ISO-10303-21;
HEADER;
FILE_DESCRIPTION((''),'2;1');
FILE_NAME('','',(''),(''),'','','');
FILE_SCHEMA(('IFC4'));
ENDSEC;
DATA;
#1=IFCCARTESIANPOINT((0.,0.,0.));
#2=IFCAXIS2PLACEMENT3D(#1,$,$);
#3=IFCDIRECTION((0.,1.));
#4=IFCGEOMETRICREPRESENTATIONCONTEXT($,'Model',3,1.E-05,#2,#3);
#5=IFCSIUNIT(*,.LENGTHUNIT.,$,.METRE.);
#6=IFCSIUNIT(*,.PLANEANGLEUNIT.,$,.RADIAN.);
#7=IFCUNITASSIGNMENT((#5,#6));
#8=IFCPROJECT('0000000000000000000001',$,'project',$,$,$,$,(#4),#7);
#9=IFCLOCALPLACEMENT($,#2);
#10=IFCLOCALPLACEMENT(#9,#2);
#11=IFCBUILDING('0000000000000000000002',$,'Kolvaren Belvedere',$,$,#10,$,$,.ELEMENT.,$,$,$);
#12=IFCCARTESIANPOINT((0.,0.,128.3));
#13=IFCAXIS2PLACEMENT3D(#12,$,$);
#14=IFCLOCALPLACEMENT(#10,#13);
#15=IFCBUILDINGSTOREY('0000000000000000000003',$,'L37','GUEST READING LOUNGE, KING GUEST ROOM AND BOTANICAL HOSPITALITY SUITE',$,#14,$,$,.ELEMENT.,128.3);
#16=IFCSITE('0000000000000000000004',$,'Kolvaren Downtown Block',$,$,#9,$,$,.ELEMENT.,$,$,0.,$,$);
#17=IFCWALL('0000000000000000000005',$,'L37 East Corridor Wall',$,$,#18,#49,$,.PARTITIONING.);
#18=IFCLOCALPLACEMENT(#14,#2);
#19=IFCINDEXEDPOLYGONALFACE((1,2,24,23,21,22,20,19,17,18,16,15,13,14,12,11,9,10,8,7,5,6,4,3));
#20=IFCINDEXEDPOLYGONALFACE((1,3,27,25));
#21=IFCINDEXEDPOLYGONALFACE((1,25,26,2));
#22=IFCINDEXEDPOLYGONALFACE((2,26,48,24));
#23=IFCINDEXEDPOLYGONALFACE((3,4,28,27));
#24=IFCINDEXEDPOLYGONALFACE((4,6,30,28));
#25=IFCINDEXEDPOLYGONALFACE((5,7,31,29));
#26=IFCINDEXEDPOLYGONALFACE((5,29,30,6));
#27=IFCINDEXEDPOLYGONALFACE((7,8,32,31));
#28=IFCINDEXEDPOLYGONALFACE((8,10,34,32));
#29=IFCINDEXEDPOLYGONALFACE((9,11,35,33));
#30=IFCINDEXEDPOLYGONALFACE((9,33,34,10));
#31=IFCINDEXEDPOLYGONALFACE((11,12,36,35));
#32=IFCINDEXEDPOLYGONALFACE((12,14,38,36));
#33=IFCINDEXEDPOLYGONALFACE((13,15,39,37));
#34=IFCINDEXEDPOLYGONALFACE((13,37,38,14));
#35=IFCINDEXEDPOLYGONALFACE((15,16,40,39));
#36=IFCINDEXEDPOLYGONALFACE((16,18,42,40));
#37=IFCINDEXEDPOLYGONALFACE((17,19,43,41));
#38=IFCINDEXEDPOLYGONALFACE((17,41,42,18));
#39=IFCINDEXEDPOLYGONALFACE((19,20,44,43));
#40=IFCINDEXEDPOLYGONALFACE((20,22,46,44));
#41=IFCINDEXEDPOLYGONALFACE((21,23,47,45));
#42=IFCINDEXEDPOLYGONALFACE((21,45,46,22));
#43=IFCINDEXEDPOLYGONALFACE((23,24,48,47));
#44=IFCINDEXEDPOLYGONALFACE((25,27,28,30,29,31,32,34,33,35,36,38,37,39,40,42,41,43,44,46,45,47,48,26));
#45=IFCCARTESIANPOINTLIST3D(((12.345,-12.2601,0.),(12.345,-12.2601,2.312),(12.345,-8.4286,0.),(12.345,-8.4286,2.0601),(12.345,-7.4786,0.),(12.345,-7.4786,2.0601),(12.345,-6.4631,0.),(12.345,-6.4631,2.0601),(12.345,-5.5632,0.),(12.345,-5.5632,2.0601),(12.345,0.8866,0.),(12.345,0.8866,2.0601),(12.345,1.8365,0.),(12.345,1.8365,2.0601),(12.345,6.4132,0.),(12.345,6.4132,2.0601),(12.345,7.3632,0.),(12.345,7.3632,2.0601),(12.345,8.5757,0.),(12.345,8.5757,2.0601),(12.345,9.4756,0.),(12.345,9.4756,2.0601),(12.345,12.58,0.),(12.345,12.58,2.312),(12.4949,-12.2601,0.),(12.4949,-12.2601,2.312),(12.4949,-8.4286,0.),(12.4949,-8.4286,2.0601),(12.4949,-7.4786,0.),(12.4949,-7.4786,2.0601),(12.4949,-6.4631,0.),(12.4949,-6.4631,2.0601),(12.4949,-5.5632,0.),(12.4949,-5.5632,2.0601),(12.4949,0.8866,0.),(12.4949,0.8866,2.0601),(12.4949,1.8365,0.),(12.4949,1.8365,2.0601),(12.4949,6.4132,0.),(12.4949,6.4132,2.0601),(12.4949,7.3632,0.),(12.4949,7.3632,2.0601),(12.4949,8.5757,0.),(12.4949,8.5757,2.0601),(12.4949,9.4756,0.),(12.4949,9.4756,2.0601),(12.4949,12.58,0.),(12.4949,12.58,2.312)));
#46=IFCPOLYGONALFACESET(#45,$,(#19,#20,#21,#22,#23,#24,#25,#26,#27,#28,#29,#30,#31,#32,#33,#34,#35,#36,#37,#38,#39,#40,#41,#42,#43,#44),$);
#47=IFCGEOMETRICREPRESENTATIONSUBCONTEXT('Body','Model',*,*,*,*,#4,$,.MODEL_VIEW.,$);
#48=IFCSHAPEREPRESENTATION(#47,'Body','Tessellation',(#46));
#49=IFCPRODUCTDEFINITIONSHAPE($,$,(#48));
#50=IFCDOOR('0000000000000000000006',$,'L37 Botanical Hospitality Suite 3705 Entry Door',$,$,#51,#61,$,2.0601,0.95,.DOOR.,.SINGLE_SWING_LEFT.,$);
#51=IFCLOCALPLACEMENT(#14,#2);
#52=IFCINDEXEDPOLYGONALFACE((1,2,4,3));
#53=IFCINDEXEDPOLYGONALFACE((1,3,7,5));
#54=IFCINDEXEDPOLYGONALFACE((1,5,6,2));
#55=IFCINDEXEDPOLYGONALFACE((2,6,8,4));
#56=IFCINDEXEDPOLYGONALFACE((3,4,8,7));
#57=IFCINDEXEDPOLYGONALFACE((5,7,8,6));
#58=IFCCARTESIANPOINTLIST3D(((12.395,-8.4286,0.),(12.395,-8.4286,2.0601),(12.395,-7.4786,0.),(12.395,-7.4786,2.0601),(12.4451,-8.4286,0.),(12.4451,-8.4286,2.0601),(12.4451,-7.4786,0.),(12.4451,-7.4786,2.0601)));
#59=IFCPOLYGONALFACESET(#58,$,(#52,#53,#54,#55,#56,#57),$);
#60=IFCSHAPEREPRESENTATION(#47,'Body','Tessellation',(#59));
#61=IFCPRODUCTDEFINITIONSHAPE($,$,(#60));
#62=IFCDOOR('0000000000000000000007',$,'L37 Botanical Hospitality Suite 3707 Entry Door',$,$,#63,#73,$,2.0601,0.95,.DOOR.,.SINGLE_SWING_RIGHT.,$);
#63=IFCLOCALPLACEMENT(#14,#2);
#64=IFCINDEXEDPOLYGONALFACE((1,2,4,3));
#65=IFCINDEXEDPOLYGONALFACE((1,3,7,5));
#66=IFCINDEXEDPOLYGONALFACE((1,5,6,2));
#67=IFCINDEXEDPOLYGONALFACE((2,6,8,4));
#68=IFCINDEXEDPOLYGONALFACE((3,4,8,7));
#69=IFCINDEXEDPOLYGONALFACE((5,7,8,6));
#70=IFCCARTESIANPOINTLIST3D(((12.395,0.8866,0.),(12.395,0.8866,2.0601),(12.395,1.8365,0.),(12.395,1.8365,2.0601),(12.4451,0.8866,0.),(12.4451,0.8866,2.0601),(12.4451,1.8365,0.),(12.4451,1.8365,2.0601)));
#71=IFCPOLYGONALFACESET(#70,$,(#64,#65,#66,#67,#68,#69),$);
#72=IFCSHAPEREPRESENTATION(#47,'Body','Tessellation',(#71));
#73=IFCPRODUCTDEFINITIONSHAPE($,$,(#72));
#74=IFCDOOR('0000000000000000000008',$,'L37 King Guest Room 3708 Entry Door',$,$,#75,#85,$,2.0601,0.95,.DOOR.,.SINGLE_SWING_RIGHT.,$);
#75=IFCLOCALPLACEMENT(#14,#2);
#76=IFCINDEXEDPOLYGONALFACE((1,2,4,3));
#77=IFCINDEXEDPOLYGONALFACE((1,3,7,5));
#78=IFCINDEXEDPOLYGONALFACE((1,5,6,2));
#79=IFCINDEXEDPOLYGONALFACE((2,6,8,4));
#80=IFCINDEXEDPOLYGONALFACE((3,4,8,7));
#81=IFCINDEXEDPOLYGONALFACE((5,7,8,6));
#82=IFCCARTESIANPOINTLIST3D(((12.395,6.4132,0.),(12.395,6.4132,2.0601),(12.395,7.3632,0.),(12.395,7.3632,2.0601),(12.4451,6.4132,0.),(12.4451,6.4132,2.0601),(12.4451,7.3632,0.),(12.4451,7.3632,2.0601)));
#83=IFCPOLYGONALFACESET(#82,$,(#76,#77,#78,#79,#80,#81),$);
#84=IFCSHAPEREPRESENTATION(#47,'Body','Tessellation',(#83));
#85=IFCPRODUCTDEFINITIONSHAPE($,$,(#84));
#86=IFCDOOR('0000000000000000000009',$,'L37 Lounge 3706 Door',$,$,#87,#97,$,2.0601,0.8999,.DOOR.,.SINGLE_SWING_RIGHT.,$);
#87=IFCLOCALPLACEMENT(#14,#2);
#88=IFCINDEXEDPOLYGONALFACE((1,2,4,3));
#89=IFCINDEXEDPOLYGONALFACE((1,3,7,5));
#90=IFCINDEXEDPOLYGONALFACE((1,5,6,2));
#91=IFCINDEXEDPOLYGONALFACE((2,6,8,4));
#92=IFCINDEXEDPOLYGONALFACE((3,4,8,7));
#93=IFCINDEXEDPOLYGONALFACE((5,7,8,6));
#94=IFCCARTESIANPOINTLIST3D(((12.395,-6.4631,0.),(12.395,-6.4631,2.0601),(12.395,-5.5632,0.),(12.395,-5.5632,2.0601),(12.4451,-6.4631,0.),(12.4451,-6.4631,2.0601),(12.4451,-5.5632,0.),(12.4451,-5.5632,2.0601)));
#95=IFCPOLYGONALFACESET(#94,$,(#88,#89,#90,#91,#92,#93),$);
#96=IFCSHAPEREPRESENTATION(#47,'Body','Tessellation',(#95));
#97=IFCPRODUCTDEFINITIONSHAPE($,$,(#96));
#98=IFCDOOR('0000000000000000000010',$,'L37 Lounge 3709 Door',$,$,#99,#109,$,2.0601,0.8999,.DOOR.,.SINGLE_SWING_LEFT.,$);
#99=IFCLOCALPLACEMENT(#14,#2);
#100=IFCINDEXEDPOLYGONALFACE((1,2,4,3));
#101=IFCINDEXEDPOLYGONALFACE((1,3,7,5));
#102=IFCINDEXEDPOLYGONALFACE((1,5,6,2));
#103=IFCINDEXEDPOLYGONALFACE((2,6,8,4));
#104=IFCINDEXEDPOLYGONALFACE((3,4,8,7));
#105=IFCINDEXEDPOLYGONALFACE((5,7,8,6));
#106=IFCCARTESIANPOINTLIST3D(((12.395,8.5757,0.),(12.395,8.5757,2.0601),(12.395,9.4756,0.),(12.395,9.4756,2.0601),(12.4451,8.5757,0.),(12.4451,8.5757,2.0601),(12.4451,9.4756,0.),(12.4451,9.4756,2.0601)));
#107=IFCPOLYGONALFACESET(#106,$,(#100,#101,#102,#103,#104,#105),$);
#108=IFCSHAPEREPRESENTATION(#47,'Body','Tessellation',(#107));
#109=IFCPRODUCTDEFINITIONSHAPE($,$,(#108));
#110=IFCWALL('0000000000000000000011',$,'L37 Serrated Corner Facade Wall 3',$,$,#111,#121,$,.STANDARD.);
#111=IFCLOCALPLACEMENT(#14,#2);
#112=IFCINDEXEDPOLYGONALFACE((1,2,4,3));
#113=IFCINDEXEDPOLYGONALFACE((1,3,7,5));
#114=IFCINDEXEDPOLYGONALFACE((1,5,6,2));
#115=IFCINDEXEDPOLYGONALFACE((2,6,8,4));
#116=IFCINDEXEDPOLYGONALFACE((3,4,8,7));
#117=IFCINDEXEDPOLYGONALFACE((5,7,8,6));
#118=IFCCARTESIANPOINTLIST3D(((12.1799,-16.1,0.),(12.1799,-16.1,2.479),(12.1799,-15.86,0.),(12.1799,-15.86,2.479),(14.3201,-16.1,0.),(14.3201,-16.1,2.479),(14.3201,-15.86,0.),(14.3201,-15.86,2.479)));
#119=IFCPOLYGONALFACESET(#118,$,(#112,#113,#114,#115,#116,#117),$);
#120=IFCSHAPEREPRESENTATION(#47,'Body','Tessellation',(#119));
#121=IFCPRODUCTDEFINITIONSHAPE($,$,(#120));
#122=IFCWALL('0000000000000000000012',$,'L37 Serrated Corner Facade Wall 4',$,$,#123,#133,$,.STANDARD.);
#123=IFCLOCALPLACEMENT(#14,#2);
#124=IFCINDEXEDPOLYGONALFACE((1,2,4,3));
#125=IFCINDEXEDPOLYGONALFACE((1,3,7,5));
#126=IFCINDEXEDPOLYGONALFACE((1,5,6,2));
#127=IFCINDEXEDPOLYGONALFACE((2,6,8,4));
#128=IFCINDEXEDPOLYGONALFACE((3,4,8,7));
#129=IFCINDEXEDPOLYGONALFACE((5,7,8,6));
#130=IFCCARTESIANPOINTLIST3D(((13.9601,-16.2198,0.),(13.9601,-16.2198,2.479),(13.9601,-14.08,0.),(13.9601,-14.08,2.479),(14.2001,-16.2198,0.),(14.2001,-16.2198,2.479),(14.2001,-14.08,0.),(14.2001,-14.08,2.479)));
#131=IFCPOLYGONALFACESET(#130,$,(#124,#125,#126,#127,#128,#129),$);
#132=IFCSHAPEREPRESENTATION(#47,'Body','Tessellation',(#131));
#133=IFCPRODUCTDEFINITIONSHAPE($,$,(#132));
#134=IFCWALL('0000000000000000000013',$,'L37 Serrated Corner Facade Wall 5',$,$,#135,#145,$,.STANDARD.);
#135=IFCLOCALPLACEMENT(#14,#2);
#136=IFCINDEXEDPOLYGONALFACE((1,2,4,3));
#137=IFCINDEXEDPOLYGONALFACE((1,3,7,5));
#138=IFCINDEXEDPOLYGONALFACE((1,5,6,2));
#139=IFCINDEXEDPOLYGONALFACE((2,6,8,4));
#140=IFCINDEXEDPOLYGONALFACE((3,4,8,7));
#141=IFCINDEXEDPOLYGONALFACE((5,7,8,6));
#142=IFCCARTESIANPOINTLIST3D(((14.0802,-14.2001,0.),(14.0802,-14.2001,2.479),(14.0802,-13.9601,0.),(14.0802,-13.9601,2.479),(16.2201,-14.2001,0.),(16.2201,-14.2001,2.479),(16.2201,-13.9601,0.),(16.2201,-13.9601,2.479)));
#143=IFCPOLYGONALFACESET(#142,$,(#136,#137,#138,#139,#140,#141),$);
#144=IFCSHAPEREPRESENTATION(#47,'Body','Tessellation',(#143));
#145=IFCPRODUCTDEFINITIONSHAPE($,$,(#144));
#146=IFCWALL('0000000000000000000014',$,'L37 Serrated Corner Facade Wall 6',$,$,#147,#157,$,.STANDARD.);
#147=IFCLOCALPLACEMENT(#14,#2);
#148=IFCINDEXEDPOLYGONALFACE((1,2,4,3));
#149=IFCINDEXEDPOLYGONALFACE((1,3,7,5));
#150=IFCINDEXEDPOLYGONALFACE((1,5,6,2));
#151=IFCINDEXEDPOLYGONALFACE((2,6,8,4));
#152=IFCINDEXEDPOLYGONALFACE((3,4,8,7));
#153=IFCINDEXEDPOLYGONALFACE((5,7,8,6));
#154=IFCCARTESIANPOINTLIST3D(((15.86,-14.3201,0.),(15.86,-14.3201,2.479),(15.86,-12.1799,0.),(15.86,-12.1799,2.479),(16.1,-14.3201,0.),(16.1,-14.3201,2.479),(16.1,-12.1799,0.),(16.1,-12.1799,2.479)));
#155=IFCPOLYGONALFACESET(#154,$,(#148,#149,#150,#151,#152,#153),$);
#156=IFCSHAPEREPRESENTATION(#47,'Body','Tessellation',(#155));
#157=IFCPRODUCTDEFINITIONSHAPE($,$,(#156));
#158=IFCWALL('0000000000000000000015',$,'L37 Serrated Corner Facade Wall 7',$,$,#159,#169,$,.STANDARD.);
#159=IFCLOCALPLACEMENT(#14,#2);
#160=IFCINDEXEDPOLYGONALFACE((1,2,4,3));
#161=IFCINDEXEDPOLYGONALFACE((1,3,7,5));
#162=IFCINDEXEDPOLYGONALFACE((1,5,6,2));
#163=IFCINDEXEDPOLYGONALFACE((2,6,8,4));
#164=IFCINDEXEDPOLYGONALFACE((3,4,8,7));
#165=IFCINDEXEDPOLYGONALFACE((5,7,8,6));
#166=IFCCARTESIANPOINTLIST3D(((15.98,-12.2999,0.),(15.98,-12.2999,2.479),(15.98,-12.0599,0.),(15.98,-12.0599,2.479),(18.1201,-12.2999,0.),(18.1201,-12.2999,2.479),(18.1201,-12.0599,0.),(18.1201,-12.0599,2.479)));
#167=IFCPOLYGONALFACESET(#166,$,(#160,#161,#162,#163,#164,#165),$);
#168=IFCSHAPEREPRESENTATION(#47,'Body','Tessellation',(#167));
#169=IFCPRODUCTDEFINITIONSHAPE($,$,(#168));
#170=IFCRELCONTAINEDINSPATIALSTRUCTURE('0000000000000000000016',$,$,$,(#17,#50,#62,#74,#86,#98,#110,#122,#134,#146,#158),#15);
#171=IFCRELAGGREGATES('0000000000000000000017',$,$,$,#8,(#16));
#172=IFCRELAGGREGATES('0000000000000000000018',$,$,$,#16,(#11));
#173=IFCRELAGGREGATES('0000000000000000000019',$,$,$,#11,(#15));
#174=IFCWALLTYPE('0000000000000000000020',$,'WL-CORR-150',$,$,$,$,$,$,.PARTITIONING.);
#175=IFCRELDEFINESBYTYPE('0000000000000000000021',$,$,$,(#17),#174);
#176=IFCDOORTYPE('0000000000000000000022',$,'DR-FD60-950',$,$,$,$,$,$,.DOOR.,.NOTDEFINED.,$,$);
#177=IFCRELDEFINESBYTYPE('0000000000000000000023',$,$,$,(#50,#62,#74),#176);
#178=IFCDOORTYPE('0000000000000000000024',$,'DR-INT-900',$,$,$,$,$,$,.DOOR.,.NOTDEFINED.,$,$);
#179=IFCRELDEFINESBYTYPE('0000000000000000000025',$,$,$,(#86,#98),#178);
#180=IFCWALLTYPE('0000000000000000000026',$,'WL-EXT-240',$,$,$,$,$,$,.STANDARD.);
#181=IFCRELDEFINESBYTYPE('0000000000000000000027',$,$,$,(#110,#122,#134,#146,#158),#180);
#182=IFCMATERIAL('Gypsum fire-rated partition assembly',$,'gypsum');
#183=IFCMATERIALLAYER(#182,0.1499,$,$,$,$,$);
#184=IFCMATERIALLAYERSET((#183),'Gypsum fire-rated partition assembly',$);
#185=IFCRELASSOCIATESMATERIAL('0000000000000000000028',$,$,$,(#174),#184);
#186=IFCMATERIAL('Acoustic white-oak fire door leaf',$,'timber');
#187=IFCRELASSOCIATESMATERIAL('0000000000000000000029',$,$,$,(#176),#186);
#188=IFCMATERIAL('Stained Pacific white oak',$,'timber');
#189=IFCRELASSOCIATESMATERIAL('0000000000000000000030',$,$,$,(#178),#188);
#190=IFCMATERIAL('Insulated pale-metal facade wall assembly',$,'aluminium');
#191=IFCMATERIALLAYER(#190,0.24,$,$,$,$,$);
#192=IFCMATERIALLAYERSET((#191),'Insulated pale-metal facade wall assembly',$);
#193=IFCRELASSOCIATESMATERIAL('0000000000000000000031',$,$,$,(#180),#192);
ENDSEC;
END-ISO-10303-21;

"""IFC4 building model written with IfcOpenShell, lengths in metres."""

from ifc_helpers import new_model, si_unit, direction, frame, frame_2d, origin, place, context, subcontext, project, spatial, rectangle, extrude, material, layer, layer_set, type_object, element, fill, save


model = new_model("IFC4")

# Units and contexts
model_context = context("Model", 3, precision=1e-05, world=origin(), true_north=direction((0.0, 1.0)))
body_context = subcontext(model_context, "Body", "Model", "MODEL_VIEW")
ifc_project = project(units=[si_unit("LENGTHUNIT", "METRE"), si_unit("PLANEANGLEUNIT", "RADIAN")], contexts=[model_context])

# Site, building, storey
site_placement = place(None, origin())
site = spatial("IfcSite", under=ifc_project, at=site_placement, Name="Kolvaren Downtown Block", CompositionType="ELEMENT", RefElevation=0.0)
building_placement = place(site_placement, origin())
building = spatial("IfcBuilding", under=site, at=building_placement, Name="Kolvaren Belvedere", CompositionType="ELEMENT")
storey_placement = place(building_placement, frame((0.0, 0.0, 128.3)))
storey = spatial("IfcBuildingStorey", under=building, at=storey_placement, Name="L37", Description="GUEST READING LOUNGE, KING GUEST ROOM AND BOTANICAL HOSPITALITY SUITE", CompositionType="ELEMENT", Elevation=128.3)

# Wall, openings, doors
ifc_material_1 = material(Name="Gypsum fire-rated partition assembly", Category="gypsum")
ifc_layer_1 = layer(ifc_material_1, 0.1499)
ifc_layer_set_1 = layer_set([ifc_layer_1], Name="Gypsum fire-rated partition assembly")
wall_type_1 = type_object("IfcWallType", Name="WL-CORR-150", PredefinedType="PARTITIONING", material=ifc_layer_set_1)
wall_1_placement = place(storey_placement, frame((12.4199, -12.26, 0.0), z_axis=(0.0, 0.0, 1.0), x_axis=(0.0, 1.0, 0.0)))
wall_1 = element("IfcWall", 1, at=wall_1_placement, inside=storey, type_object=wall_type_1, Name="L37 East Corridor Wall", PredefinedType="PARTITIONING", context=body_context, shape_type="SweptSolid", body=[
    extrude(rectangle(XDim=24.8401, YDim=0.1499, at=frame_2d((12.4199, 0.0))), origin(), (0.0, 0.0, 1.0), 2.312),
])
opening_1_placement = place(wall_1_placement, frame((3.8313, 0.0, 0.0)))
opening_1 = element("IfcOpeningElement", 2, at=opening_1_placement, cuts=wall_1, PredefinedType="OPENING", context=body_context, shape_type="SweptSolid", body=[
    extrude(rectangle(XDim=0.95, YDim=2.0601, at=frame_2d((0.4751, 1.03))), frame((0.0, 0.085, 0.0), z_axis=(0.0, -1.0, 0.0), x_axis=(1.0, 0.0, 0.0)), (0.0, 0.0, 1.0), 0.1699),
])
opening_2_placement = place(wall_1_placement, frame((5.7969, 0.0, 0.0)))
opening_2 = element("IfcOpeningElement", 3, at=opening_2_placement, cuts=wall_1, PredefinedType="OPENING", context=body_context, shape_type="SweptSolid", body=[
    extrude(rectangle(XDim=0.8999, YDim=2.0601, at=frame_2d((0.45, 1.03))), frame((0.0, 0.085, 0.0), z_axis=(0.0, -1.0, 0.0), x_axis=(1.0, 0.0, 0.0)), (0.0, 0.0, 1.0), 0.1699),
])
opening_3_placement = place(wall_1_placement, frame((13.1465, 0.0, 0.0)))
opening_3 = element("IfcOpeningElement", 4, at=opening_3_placement, cuts=wall_1, PredefinedType="OPENING", context=body_context, shape_type="SweptSolid", body=[
    extrude(rectangle(XDim=0.95, YDim=2.0601, at=frame_2d((0.4751, 1.03))), frame((0.0, 0.085, 0.0), z_axis=(0.0, -1.0, 0.0), x_axis=(1.0, 0.0, 0.0)), (0.0, 0.0, 1.0), 0.1699),
])
opening_4_placement = place(wall_1_placement, frame((18.6731, 0.0, 0.0)))
opening_4 = element("IfcOpeningElement", 5, at=opening_4_placement, cuts=wall_1, PredefinedType="OPENING", context=body_context, shape_type="SweptSolid", body=[
    extrude(rectangle(XDim=0.95, YDim=2.0601, at=frame_2d((0.4751, 1.03))), frame((0.0, 0.085, 0.0), z_axis=(0.0, -1.0, 0.0), x_axis=(1.0, 0.0, 0.0)), (0.0, 0.0, 1.0), 0.1699),
])
opening_5_placement = place(wall_1_placement, frame((20.8357, 0.0, 0.0)))
opening_5 = element("IfcOpeningElement", 6, at=opening_5_placement, cuts=wall_1, PredefinedType="OPENING", context=body_context, shape_type="SweptSolid", body=[
    extrude(rectangle(XDim=0.8999, YDim=2.0601, at=frame_2d((0.45, 1.03))), frame((0.0, 0.085, 0.0), z_axis=(0.0, -1.0, 0.0), x_axis=(1.0, 0.0, 0.0)), (0.0, 0.0, 1.0), 0.1699),
])
ifc_material_2 = material(Name="Acoustic white-oak fire door leaf", Category="timber")
door_type_1 = type_object("IfcDoorType", Name="DR-FD60-950", OperationType="NOTDEFINED", PredefinedType="DOOR", material=ifc_material_2)
door_1_placement = place(opening_1_placement, origin())
door_1 = element("IfcDoor", 7, at=door_1_placement, inside=storey, type_object=door_type_1, Name="L37 Botanical Hospitality Suite 3705 Entry Door", OperationType="SINGLE_SWING_LEFT", OverallHeight=2.0601, OverallWidth=0.95, PredefinedType="DOOR", context=body_context, shape_type="SweptSolid", body=[
    extrude(rectangle(XDim=0.95, YDim=2.0601, at=frame_2d((0.4751, 1.03))), frame((0.0, 0.0249, 0.0), z_axis=(0.0, -1.0, 0.0), x_axis=(1.0, 0.0, 0.0)), (0.0, 0.0, 1.0), 0.05),
])
fill(opening_1, door_1)
door_2_placement = place(opening_3_placement, origin())
door_2 = element("IfcDoor", 8, at=door_2_placement, inside=storey, type_object=door_type_1, Name="L37 Botanical Hospitality Suite 3707 Entry Door", OperationType="SINGLE_SWING_RIGHT", OverallHeight=2.0601, OverallWidth=0.95, PredefinedType="DOOR", context=body_context, shape_type="SweptSolid", body=[
    extrude(rectangle(XDim=0.95, YDim=2.0601, at=frame_2d((0.4751, 1.03))), frame((0.0, 0.0249, 0.0), z_axis=(0.0, -1.0, 0.0), x_axis=(1.0, 0.0, 0.0)), (0.0, 0.0, 1.0), 0.05),
])
fill(opening_3, door_2)
door_3_placement = place(opening_4_placement, origin())
door_3 = element("IfcDoor", 9, at=door_3_placement, inside=storey, type_object=door_type_1, Name="L37 King Guest Room 3708 Entry Door", OperationType="SINGLE_SWING_RIGHT", OverallHeight=2.0601, OverallWidth=0.95, PredefinedType="DOOR", context=body_context, shape_type="SweptSolid", body=[
    extrude(rectangle(XDim=0.95, YDim=2.0601, at=frame_2d((0.4751, 1.03))), frame((0.0, 0.0249, 0.0), z_axis=(0.0, -1.0, 0.0), x_axis=(1.0, 0.0, 0.0)), (0.0, 0.0, 1.0), 0.05),
])
fill(opening_4, door_3)
ifc_material_3 = material(Name="Stained Pacific white oak", Category="timber")
door_type_2 = type_object("IfcDoorType", Name="DR-INT-900", OperationType="NOTDEFINED", PredefinedType="DOOR", material=ifc_material_3)
door_4_placement = place(opening_2_placement, origin())
door_4 = element("IfcDoor", 10, at=door_4_placement, inside=storey, type_object=door_type_2, Name="L37 Lounge 3706 Door", OperationType="SINGLE_SWING_RIGHT", OverallHeight=2.0601, OverallWidth=0.8999, PredefinedType="DOOR", context=body_context, shape_type="SweptSolid", body=[
    extrude(rectangle(XDim=0.8999, YDim=2.0601, at=frame_2d((0.45, 1.03))), frame((0.0, 0.0249, 0.0), z_axis=(0.0, -1.0, 0.0), x_axis=(1.0, 0.0, 0.0)), (0.0, 0.0, 1.0), 0.05),
])
fill(opening_2, door_4)
door_5_placement = place(opening_5_placement, origin())
door_5 = element("IfcDoor", 11, at=door_5_placement, inside=storey, type_object=door_type_2, Name="L37 Lounge 3709 Door", OperationType="SINGLE_SWING_LEFT", OverallHeight=2.0601, OverallWidth=0.8999, PredefinedType="DOOR", context=body_context, shape_type="SweptSolid", body=[
    extrude(rectangle(XDim=0.8999, YDim=2.0601, at=frame_2d((0.45, 1.03))), frame((0.0, 0.0249, 0.0), z_axis=(0.0, -1.0, 0.0), x_axis=(1.0, 0.0, 0.0)), (0.0, 0.0, 1.0), 0.05),
])
fill(opening_5, door_5)

# Walls
ifc_material_4 = material(Name="Insulated pale-metal facade wall assembly", Category="aluminium")
ifc_layer_2 = layer(ifc_material_4, 0.24)
ifc_layer_set_2 = layer_set([ifc_layer_2], Name="Insulated pale-metal facade wall assembly")
wall_type_2 = type_object("IfcWallType", Name="WL-EXT-240", PredefinedType="STANDARD", material=ifc_layer_set_2)
wall_2_placement = place(storey_placement, frame((14.3201, -15.98, 0.0), z_axis=(0.0, 0.0, 1.0), x_axis=(-1.0, 0.0, 0.0)))
element("IfcWall", 12, at=wall_2_placement, inside=storey, type_object=wall_type_2, Name="L37 Serrated Corner Facade Wall 3", PredefinedType="STANDARD", context=body_context, shape_type="SweptSolid", body=[
    extrude(rectangle(XDim=2.1401, YDim=0.24, at=frame_2d((1.0701, 0.0))), origin(), (0.0, 0.0, 1.0), 2.479),
])
for number, where, z_axis, x_axis, name in (
    (13, (14.0801, -14.0801, 0.0), (0.0, 0.0, 1.0), (0.0, -1.0, 0.0), "L37 Serrated Corner Facade Wall 4"),
    (14, (16.22, -14.0801, 0.0), (0.0, 0.0, 1.0), (-1.0, 0.0, 0.0), "L37 Serrated Corner Facade Wall 5"),
):
    element("IfcWall", number, at=place(storey_placement, frame(where, z_axis=z_axis, x_axis=x_axis)), inside=storey, type_object=wall_type_2, Name=name, PredefinedType="STANDARD", context=body_context, shape_type="SweptSolid", body=[
        extrude(rectangle(XDim=2.1399, YDim=0.24, at=frame_2d((1.0698, 0.0))), origin(), (0.0, 0.0, 1.0), 2.479),
    ])
for number, where, z_axis, x_axis, name in (
    (15, (15.98, -12.1799, 0.0), (0.0, 0.0, 1.0), (0.0, -1.0, 0.0), "L37 Serrated Corner Facade Wall 6"),
    (16, (18.1201, -12.1799, 0.0), (0.0, 0.0, 1.0), (-1.0, 0.0, 0.0), "L37 Serrated Corner Facade Wall 7"),
):
    element("IfcWall", number, at=place(storey_placement, frame(where, z_axis=z_axis, x_axis=x_axis)), inside=storey, type_object=wall_type_2, Name=name, PredefinedType="STANDARD", context=body_context, shape_type="SweptSolid", body=[
        extrude(rectangle(XDim=2.1401, YDim=0.24, at=frame_2d((1.0701, 0.0))), origin(), (0.0, 0.0, 1.0), 2.479),
    ])

save(model, "model.ifc")
